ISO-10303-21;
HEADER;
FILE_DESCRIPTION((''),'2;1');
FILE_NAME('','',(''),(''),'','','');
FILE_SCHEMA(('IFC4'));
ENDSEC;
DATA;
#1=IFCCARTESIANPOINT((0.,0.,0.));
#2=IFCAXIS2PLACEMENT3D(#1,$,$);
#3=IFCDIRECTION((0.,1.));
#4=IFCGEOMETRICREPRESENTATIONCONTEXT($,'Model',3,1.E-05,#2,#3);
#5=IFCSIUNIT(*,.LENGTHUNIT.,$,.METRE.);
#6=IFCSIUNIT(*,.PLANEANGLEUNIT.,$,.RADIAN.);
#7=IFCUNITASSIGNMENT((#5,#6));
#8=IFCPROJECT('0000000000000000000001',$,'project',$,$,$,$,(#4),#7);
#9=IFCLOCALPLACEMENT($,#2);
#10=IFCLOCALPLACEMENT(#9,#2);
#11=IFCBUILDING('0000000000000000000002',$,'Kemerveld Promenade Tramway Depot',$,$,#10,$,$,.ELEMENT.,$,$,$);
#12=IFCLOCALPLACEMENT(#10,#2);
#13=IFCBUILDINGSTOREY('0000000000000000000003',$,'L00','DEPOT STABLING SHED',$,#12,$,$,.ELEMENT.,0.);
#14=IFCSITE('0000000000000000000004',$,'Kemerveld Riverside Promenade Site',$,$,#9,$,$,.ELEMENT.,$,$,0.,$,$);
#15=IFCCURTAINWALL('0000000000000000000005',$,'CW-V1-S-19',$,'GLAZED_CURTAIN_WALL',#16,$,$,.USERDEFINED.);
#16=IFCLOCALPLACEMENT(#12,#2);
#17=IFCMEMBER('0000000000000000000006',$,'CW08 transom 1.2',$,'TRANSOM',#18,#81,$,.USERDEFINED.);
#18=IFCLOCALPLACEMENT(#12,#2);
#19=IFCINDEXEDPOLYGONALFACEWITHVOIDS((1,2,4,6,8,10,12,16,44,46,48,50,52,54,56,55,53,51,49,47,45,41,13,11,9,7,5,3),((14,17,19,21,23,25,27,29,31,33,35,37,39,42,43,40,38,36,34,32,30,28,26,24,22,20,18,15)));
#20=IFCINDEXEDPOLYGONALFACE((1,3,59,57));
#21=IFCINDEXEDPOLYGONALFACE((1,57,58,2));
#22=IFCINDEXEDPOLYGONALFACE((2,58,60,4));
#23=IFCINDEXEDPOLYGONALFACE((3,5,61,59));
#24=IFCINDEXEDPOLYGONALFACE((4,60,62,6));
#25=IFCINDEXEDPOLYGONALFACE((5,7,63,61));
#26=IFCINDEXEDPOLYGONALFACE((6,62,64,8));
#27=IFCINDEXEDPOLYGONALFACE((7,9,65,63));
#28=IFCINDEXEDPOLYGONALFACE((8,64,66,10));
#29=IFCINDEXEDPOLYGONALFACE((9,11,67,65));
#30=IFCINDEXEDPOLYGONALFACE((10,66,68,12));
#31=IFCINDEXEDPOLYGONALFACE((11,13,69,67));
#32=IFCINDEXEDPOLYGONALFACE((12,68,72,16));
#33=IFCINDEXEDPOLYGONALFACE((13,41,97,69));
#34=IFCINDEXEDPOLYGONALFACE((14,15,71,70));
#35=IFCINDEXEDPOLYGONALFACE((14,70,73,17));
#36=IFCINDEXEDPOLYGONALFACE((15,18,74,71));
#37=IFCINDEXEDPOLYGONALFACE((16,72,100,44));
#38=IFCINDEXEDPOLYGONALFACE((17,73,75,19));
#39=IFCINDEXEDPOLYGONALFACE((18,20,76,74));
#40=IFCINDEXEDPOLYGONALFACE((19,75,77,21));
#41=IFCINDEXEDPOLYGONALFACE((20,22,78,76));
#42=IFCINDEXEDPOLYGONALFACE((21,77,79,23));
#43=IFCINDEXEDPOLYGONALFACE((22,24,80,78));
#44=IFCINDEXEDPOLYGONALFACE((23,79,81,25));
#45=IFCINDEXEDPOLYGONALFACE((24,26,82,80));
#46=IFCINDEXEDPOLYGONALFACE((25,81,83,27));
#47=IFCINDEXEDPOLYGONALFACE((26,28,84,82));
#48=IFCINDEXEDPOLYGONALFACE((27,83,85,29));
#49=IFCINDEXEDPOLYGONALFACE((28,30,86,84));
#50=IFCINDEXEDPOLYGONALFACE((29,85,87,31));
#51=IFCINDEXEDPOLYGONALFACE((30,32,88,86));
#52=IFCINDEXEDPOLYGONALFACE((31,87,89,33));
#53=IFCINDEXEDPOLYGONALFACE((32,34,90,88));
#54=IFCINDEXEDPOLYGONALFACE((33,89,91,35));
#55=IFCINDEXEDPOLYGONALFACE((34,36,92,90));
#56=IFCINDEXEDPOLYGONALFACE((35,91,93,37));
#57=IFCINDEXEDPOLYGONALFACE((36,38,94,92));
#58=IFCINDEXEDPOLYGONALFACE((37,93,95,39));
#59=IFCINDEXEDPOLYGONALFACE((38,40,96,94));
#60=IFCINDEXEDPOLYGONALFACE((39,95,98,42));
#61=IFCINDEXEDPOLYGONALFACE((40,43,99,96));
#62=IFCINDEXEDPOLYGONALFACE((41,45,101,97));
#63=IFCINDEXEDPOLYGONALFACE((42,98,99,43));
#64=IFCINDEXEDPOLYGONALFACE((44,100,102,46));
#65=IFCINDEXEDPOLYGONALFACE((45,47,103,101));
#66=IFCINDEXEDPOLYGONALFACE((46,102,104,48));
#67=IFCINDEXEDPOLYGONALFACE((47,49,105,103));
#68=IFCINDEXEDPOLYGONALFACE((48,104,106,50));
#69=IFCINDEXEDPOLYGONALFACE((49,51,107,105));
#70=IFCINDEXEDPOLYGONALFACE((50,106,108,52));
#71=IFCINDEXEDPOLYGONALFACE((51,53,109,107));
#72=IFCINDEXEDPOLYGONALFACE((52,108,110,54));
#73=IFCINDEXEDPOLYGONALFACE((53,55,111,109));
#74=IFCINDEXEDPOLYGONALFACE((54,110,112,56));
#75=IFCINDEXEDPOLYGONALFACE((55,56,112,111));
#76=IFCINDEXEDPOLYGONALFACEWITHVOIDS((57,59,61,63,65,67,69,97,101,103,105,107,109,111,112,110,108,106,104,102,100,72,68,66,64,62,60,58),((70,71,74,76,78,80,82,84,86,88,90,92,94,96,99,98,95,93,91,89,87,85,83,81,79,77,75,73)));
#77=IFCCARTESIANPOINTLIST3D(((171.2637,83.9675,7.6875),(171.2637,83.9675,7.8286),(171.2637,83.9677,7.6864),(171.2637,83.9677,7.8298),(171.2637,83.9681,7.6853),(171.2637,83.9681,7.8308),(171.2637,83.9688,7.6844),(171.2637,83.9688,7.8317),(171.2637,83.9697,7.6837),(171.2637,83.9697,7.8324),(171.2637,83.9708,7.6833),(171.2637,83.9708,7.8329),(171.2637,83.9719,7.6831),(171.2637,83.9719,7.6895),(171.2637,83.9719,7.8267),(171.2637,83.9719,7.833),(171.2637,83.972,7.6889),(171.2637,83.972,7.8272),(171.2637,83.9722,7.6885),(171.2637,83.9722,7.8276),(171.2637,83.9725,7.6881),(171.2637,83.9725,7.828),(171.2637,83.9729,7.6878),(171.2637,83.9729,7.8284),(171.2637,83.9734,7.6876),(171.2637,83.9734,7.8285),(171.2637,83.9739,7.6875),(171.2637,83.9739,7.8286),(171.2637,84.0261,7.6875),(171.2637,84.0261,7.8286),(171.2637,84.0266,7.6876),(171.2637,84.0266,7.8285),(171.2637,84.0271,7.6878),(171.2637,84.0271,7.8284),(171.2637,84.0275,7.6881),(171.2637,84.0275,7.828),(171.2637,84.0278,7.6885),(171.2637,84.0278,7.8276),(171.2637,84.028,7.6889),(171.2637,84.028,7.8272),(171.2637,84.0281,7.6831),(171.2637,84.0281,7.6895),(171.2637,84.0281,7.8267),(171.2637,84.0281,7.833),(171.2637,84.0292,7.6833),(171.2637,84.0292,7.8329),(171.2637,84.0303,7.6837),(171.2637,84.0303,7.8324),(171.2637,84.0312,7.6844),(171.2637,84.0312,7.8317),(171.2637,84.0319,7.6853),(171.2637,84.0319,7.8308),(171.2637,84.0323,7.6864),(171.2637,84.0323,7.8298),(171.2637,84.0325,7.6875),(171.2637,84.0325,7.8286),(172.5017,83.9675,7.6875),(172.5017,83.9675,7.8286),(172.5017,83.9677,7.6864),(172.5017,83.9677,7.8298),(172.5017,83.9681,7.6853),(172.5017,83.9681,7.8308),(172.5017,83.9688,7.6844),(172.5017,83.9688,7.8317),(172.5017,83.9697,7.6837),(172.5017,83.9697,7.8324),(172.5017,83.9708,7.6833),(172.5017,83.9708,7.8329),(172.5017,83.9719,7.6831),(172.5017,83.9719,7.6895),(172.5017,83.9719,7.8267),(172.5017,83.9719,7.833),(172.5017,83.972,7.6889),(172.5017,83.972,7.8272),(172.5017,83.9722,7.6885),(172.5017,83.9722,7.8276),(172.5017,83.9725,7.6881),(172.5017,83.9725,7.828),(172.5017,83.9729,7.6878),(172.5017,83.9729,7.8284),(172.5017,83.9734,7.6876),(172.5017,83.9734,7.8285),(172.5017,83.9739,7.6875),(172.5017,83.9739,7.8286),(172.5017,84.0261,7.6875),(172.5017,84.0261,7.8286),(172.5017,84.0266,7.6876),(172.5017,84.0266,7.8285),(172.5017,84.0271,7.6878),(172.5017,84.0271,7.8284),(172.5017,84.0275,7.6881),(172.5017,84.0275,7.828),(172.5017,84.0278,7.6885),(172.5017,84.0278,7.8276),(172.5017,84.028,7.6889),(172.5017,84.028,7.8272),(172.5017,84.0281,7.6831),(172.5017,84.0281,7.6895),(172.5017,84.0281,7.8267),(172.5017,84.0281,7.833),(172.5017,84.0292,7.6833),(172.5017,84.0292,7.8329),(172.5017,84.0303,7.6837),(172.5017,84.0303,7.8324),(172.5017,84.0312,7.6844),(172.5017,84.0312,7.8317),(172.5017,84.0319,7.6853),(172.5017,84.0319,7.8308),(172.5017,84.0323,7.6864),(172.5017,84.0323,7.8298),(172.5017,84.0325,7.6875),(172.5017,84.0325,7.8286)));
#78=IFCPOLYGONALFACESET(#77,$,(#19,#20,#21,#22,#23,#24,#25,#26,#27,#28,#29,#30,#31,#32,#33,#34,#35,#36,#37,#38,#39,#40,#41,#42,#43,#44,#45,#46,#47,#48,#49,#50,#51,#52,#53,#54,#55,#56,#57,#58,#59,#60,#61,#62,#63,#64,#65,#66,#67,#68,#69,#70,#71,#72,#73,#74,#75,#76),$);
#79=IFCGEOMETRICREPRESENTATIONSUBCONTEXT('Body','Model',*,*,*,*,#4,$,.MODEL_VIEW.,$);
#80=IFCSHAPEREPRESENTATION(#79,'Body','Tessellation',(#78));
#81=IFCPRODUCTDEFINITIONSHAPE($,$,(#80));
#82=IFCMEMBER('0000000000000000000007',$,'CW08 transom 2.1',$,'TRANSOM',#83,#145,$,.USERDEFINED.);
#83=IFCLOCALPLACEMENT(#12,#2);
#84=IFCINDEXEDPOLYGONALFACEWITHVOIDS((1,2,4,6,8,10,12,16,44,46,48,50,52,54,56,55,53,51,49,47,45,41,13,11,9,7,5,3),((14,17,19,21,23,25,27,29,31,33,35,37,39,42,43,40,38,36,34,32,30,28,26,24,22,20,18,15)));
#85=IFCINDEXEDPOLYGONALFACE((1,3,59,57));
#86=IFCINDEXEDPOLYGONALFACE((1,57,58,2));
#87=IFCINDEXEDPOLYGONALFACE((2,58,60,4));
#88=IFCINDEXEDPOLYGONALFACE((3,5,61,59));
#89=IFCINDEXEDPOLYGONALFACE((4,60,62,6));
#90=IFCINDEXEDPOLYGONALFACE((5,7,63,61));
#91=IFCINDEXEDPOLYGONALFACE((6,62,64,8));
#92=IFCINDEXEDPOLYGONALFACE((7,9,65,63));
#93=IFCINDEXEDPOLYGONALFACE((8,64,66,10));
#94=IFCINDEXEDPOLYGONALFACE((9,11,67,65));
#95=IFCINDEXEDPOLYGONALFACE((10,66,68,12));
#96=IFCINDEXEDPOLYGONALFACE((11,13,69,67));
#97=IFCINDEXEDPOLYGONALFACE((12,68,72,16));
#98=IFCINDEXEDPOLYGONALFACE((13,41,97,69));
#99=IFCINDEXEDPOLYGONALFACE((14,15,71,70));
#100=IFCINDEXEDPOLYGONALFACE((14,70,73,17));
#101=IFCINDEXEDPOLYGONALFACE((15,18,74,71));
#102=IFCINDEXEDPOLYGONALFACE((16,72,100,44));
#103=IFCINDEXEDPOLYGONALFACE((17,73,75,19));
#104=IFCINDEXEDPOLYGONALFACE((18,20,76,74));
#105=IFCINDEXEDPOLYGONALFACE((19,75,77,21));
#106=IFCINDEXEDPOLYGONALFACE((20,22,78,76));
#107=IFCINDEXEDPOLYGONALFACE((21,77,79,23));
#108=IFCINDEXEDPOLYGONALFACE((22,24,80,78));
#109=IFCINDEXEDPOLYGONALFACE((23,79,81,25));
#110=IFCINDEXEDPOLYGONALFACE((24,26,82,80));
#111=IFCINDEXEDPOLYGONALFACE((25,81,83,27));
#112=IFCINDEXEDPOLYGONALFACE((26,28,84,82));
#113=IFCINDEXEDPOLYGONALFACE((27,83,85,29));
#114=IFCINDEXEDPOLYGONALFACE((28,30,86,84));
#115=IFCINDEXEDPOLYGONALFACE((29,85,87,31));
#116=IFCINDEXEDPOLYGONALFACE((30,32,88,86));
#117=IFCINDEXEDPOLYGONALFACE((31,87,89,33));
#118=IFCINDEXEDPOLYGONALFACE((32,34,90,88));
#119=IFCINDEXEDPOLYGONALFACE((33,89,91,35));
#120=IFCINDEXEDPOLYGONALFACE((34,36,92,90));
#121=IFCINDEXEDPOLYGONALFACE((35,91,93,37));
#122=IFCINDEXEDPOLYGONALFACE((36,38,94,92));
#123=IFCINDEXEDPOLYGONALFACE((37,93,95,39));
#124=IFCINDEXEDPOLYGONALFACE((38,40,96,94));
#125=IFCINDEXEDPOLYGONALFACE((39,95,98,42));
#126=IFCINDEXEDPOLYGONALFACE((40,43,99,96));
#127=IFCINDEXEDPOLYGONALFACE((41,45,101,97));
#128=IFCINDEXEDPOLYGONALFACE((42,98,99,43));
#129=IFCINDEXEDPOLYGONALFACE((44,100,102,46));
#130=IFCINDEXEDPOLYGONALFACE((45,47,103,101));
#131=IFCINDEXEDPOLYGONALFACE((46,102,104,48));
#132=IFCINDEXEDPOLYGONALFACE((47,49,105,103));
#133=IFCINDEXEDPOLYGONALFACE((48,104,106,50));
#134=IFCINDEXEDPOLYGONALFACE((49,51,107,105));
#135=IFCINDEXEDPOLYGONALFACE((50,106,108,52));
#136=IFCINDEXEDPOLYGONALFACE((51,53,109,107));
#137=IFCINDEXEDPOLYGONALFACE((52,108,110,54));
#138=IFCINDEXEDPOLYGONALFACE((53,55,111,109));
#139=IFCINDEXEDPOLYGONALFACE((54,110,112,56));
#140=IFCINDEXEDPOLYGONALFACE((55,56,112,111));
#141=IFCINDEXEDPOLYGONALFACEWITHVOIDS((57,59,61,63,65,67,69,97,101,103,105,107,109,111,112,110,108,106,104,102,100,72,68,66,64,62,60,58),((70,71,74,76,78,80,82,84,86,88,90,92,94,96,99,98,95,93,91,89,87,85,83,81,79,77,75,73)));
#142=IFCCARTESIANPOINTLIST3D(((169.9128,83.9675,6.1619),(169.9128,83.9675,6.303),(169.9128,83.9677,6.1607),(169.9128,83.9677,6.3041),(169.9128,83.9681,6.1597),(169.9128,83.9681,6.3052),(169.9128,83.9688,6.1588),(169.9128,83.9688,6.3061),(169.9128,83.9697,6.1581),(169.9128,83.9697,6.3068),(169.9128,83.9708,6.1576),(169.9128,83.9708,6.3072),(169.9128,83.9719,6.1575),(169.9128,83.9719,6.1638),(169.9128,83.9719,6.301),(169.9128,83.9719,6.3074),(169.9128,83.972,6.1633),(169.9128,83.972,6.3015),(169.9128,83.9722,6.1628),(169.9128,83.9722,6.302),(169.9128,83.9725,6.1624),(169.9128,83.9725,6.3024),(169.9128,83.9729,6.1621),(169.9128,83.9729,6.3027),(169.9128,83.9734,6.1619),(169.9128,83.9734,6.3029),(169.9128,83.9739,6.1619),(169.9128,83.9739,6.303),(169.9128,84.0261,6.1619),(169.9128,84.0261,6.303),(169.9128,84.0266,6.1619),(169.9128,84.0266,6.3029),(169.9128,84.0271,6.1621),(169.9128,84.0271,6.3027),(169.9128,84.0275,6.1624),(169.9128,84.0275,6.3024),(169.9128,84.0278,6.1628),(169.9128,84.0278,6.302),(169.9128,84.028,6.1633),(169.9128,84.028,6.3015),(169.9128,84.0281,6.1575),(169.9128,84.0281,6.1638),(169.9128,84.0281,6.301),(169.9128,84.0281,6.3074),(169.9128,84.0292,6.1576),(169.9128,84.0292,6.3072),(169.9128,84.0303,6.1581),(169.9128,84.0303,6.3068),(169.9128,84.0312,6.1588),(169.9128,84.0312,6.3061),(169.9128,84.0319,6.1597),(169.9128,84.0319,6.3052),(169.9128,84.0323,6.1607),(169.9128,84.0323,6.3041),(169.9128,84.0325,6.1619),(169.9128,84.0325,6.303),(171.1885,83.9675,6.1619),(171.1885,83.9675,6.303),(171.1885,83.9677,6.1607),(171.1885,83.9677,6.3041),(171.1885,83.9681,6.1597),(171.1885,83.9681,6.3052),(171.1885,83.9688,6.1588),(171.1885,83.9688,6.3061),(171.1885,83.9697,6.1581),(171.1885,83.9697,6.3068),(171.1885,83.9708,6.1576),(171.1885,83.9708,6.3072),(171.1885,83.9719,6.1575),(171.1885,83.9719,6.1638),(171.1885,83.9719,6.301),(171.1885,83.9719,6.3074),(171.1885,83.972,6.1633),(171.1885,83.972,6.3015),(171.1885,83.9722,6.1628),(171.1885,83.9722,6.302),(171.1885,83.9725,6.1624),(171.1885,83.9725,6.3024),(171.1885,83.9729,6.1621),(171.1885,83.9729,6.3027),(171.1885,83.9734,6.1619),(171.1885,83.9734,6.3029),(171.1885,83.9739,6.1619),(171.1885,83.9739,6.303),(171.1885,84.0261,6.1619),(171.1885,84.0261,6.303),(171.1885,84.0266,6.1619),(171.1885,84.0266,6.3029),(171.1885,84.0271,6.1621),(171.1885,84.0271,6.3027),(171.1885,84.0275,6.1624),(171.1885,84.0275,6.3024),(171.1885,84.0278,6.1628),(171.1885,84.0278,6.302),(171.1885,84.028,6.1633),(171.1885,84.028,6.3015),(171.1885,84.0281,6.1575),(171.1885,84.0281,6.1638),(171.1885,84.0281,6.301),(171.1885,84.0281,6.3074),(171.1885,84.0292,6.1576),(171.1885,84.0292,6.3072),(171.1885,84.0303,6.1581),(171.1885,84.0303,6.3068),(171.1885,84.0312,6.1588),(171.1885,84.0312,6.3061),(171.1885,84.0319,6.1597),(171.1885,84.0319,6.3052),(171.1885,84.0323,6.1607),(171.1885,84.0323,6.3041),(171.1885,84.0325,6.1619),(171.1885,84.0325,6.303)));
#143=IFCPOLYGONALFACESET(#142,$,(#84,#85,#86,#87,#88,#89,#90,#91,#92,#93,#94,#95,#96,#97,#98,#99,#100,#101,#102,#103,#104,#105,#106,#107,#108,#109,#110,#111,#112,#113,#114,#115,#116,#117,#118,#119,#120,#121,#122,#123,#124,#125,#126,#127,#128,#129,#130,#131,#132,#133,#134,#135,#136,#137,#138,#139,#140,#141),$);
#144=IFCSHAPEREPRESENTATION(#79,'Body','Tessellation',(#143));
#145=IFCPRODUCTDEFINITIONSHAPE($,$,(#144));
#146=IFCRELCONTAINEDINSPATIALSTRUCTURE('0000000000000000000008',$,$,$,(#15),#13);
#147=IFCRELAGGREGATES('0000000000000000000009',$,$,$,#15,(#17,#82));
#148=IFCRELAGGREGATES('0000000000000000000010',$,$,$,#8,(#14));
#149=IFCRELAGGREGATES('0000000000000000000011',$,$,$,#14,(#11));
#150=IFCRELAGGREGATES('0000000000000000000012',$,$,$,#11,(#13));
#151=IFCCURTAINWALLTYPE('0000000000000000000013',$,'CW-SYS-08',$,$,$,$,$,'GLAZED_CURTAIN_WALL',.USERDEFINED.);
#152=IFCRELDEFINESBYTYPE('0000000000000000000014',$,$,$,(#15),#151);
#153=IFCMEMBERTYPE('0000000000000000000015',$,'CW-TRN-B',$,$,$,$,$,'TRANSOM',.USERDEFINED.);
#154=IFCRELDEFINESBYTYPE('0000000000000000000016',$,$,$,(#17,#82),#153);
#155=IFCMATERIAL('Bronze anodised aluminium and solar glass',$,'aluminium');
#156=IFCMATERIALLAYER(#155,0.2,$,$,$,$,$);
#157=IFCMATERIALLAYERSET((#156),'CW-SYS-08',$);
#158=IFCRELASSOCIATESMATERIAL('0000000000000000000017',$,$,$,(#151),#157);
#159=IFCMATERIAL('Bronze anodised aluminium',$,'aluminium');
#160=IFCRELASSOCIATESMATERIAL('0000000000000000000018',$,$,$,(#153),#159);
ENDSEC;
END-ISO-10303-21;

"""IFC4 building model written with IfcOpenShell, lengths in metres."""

from ifc_helpers import new_model, si_unit, direction, frame, origin, origin_2d, place, context, subcontext, project, spatial, hollow_rectangle, extrude, material, layer, layer_set, material_profile, profile_set, type_object, element, aggregate, save


model = new_model("IFC4")

# Units and contexts
model_context = context("Model", 3, precision=1e-05, world=origin(), true_north=direction((0.0, 1.0)))
body_context = subcontext(model_context, "Body", "Model", "MODEL_VIEW")
ifc_project = project(units=[si_unit("LENGTHUNIT", "METRE"), si_unit("PLANEANGLEUNIT", "RADIAN")], contexts=[model_context])

# Site, building, storey
site_placement = place(None, origin())
site = spatial("IfcSite", under=ifc_project, at=site_placement, Name="Kemerveld Riverside Promenade Site", CompositionType="ELEMENT", RefElevation=0.0)
building_placement = place(site_placement, origin())
building = spatial("IfcBuilding", under=site, at=building_placement, Name="Kemerveld Promenade Tramway Depot", CompositionType="ELEMENT")
storey_placement = place(building_placement, origin())
storey = spatial("IfcBuildingStorey", under=building, at=storey_placement, Name="L00", Description="DEPOT STABLING SHED", CompositionType="ELEMENT", Elevation=0.0)

# Curtain wall
ifc_material_1 = material(Name="Bronze anodised aluminium and solar glass", Category="aluminium")
ifc_material_2 = material(Name="Bronze anodised aluminium", Category="aluminium")
ifc_layer_1 = layer(ifc_material_1, 0.2)
ifc_layer_set_1 = layer_set([ifc_layer_1], Name="CW-SYS-08")
curtain_wall_type_1 = type_object("IfcCurtainWallType", Name="CW-SYS-08", ElementType="GLAZED_CURTAIN_WALL", PredefinedType="USERDEFINED", material=ifc_layer_set_1)
curtain_wall_1_placement = place(storey_placement, origin())
curtain_wall_1 = element("IfcCurtainWall", 1, at=curtain_wall_1_placement, inside=storey, type_object=curtain_wall_type_1, Name="CW-V1-S-19", ObjectType="GLAZED_CURTAIN_WALL", PredefinedType="USERDEFINED")

# Members
ifc_material_profile_1 = material_profile(ifc_material_2, hollow_rectangle(XDim=0.0649, YDim=0.1499, WallThickness=0.0044, InnerFilletRadius=0.002, OuterFilletRadius=0.0044, at=origin_2d()), Name="CW-TRN-150x65")
ifc_profile_set_1 = profile_set([ifc_material_profile_1], Name="Bronze anodised aluminium")
member_type_1 = type_object("IfcMemberType", Name="CW-TRN-B", ElementType="TRANSOM", PredefinedType="USERDEFINED", material=ifc_profile_set_1)
member_1_placement = place(storey_placement, frame((172.5017, 84.0, 7.7581), z_axis=(-1.0, 0.0, 0.0), x_axis=(0.0, -1.0, 0.0)))
member_1 = element("IfcMember", 2, at=member_1_placement, type_object=member_type_1, Name="CW08 transom 1.2", ObjectType="TRANSOM", PredefinedType="USERDEFINED", context=body_context, shape_type="SweptSolid", body=[
    extrude(hollow_rectangle(XDim=0.0649, YDim=0.1499, WallThickness=0.0044, InnerFilletRadius=0.002, OuterFilletRadius=0.0044, at=origin_2d()), origin(), (0.0, 0.0, 1.0), 1.238),
])
member_2_placement = place(storey_placement, frame((171.1885, 84.0, 6.2324), z_axis=(-1.0, 0.0, 0.0), x_axis=(0.0, -1.0, 0.0)))
member_2 = element("IfcMember", 3, at=member_2_placement, type_object=member_type_1, Name="CW08 transom 2.1", ObjectType="TRANSOM", PredefinedType="USERDEFINED", context=body_context, shape_type="SweptSolid", body=[
    extrude(hollow_rectangle(XDim=0.0649, YDim=0.1499, WallThickness=0.0044, InnerFilletRadius=0.002, OuterFilletRadius=0.0044, at=origin_2d()), origin(), (0.0, 0.0, 1.0), 1.2756),
])

aggregate(curtain_wall_1, [member_1, member_2])

save(model, "model.ifc")
